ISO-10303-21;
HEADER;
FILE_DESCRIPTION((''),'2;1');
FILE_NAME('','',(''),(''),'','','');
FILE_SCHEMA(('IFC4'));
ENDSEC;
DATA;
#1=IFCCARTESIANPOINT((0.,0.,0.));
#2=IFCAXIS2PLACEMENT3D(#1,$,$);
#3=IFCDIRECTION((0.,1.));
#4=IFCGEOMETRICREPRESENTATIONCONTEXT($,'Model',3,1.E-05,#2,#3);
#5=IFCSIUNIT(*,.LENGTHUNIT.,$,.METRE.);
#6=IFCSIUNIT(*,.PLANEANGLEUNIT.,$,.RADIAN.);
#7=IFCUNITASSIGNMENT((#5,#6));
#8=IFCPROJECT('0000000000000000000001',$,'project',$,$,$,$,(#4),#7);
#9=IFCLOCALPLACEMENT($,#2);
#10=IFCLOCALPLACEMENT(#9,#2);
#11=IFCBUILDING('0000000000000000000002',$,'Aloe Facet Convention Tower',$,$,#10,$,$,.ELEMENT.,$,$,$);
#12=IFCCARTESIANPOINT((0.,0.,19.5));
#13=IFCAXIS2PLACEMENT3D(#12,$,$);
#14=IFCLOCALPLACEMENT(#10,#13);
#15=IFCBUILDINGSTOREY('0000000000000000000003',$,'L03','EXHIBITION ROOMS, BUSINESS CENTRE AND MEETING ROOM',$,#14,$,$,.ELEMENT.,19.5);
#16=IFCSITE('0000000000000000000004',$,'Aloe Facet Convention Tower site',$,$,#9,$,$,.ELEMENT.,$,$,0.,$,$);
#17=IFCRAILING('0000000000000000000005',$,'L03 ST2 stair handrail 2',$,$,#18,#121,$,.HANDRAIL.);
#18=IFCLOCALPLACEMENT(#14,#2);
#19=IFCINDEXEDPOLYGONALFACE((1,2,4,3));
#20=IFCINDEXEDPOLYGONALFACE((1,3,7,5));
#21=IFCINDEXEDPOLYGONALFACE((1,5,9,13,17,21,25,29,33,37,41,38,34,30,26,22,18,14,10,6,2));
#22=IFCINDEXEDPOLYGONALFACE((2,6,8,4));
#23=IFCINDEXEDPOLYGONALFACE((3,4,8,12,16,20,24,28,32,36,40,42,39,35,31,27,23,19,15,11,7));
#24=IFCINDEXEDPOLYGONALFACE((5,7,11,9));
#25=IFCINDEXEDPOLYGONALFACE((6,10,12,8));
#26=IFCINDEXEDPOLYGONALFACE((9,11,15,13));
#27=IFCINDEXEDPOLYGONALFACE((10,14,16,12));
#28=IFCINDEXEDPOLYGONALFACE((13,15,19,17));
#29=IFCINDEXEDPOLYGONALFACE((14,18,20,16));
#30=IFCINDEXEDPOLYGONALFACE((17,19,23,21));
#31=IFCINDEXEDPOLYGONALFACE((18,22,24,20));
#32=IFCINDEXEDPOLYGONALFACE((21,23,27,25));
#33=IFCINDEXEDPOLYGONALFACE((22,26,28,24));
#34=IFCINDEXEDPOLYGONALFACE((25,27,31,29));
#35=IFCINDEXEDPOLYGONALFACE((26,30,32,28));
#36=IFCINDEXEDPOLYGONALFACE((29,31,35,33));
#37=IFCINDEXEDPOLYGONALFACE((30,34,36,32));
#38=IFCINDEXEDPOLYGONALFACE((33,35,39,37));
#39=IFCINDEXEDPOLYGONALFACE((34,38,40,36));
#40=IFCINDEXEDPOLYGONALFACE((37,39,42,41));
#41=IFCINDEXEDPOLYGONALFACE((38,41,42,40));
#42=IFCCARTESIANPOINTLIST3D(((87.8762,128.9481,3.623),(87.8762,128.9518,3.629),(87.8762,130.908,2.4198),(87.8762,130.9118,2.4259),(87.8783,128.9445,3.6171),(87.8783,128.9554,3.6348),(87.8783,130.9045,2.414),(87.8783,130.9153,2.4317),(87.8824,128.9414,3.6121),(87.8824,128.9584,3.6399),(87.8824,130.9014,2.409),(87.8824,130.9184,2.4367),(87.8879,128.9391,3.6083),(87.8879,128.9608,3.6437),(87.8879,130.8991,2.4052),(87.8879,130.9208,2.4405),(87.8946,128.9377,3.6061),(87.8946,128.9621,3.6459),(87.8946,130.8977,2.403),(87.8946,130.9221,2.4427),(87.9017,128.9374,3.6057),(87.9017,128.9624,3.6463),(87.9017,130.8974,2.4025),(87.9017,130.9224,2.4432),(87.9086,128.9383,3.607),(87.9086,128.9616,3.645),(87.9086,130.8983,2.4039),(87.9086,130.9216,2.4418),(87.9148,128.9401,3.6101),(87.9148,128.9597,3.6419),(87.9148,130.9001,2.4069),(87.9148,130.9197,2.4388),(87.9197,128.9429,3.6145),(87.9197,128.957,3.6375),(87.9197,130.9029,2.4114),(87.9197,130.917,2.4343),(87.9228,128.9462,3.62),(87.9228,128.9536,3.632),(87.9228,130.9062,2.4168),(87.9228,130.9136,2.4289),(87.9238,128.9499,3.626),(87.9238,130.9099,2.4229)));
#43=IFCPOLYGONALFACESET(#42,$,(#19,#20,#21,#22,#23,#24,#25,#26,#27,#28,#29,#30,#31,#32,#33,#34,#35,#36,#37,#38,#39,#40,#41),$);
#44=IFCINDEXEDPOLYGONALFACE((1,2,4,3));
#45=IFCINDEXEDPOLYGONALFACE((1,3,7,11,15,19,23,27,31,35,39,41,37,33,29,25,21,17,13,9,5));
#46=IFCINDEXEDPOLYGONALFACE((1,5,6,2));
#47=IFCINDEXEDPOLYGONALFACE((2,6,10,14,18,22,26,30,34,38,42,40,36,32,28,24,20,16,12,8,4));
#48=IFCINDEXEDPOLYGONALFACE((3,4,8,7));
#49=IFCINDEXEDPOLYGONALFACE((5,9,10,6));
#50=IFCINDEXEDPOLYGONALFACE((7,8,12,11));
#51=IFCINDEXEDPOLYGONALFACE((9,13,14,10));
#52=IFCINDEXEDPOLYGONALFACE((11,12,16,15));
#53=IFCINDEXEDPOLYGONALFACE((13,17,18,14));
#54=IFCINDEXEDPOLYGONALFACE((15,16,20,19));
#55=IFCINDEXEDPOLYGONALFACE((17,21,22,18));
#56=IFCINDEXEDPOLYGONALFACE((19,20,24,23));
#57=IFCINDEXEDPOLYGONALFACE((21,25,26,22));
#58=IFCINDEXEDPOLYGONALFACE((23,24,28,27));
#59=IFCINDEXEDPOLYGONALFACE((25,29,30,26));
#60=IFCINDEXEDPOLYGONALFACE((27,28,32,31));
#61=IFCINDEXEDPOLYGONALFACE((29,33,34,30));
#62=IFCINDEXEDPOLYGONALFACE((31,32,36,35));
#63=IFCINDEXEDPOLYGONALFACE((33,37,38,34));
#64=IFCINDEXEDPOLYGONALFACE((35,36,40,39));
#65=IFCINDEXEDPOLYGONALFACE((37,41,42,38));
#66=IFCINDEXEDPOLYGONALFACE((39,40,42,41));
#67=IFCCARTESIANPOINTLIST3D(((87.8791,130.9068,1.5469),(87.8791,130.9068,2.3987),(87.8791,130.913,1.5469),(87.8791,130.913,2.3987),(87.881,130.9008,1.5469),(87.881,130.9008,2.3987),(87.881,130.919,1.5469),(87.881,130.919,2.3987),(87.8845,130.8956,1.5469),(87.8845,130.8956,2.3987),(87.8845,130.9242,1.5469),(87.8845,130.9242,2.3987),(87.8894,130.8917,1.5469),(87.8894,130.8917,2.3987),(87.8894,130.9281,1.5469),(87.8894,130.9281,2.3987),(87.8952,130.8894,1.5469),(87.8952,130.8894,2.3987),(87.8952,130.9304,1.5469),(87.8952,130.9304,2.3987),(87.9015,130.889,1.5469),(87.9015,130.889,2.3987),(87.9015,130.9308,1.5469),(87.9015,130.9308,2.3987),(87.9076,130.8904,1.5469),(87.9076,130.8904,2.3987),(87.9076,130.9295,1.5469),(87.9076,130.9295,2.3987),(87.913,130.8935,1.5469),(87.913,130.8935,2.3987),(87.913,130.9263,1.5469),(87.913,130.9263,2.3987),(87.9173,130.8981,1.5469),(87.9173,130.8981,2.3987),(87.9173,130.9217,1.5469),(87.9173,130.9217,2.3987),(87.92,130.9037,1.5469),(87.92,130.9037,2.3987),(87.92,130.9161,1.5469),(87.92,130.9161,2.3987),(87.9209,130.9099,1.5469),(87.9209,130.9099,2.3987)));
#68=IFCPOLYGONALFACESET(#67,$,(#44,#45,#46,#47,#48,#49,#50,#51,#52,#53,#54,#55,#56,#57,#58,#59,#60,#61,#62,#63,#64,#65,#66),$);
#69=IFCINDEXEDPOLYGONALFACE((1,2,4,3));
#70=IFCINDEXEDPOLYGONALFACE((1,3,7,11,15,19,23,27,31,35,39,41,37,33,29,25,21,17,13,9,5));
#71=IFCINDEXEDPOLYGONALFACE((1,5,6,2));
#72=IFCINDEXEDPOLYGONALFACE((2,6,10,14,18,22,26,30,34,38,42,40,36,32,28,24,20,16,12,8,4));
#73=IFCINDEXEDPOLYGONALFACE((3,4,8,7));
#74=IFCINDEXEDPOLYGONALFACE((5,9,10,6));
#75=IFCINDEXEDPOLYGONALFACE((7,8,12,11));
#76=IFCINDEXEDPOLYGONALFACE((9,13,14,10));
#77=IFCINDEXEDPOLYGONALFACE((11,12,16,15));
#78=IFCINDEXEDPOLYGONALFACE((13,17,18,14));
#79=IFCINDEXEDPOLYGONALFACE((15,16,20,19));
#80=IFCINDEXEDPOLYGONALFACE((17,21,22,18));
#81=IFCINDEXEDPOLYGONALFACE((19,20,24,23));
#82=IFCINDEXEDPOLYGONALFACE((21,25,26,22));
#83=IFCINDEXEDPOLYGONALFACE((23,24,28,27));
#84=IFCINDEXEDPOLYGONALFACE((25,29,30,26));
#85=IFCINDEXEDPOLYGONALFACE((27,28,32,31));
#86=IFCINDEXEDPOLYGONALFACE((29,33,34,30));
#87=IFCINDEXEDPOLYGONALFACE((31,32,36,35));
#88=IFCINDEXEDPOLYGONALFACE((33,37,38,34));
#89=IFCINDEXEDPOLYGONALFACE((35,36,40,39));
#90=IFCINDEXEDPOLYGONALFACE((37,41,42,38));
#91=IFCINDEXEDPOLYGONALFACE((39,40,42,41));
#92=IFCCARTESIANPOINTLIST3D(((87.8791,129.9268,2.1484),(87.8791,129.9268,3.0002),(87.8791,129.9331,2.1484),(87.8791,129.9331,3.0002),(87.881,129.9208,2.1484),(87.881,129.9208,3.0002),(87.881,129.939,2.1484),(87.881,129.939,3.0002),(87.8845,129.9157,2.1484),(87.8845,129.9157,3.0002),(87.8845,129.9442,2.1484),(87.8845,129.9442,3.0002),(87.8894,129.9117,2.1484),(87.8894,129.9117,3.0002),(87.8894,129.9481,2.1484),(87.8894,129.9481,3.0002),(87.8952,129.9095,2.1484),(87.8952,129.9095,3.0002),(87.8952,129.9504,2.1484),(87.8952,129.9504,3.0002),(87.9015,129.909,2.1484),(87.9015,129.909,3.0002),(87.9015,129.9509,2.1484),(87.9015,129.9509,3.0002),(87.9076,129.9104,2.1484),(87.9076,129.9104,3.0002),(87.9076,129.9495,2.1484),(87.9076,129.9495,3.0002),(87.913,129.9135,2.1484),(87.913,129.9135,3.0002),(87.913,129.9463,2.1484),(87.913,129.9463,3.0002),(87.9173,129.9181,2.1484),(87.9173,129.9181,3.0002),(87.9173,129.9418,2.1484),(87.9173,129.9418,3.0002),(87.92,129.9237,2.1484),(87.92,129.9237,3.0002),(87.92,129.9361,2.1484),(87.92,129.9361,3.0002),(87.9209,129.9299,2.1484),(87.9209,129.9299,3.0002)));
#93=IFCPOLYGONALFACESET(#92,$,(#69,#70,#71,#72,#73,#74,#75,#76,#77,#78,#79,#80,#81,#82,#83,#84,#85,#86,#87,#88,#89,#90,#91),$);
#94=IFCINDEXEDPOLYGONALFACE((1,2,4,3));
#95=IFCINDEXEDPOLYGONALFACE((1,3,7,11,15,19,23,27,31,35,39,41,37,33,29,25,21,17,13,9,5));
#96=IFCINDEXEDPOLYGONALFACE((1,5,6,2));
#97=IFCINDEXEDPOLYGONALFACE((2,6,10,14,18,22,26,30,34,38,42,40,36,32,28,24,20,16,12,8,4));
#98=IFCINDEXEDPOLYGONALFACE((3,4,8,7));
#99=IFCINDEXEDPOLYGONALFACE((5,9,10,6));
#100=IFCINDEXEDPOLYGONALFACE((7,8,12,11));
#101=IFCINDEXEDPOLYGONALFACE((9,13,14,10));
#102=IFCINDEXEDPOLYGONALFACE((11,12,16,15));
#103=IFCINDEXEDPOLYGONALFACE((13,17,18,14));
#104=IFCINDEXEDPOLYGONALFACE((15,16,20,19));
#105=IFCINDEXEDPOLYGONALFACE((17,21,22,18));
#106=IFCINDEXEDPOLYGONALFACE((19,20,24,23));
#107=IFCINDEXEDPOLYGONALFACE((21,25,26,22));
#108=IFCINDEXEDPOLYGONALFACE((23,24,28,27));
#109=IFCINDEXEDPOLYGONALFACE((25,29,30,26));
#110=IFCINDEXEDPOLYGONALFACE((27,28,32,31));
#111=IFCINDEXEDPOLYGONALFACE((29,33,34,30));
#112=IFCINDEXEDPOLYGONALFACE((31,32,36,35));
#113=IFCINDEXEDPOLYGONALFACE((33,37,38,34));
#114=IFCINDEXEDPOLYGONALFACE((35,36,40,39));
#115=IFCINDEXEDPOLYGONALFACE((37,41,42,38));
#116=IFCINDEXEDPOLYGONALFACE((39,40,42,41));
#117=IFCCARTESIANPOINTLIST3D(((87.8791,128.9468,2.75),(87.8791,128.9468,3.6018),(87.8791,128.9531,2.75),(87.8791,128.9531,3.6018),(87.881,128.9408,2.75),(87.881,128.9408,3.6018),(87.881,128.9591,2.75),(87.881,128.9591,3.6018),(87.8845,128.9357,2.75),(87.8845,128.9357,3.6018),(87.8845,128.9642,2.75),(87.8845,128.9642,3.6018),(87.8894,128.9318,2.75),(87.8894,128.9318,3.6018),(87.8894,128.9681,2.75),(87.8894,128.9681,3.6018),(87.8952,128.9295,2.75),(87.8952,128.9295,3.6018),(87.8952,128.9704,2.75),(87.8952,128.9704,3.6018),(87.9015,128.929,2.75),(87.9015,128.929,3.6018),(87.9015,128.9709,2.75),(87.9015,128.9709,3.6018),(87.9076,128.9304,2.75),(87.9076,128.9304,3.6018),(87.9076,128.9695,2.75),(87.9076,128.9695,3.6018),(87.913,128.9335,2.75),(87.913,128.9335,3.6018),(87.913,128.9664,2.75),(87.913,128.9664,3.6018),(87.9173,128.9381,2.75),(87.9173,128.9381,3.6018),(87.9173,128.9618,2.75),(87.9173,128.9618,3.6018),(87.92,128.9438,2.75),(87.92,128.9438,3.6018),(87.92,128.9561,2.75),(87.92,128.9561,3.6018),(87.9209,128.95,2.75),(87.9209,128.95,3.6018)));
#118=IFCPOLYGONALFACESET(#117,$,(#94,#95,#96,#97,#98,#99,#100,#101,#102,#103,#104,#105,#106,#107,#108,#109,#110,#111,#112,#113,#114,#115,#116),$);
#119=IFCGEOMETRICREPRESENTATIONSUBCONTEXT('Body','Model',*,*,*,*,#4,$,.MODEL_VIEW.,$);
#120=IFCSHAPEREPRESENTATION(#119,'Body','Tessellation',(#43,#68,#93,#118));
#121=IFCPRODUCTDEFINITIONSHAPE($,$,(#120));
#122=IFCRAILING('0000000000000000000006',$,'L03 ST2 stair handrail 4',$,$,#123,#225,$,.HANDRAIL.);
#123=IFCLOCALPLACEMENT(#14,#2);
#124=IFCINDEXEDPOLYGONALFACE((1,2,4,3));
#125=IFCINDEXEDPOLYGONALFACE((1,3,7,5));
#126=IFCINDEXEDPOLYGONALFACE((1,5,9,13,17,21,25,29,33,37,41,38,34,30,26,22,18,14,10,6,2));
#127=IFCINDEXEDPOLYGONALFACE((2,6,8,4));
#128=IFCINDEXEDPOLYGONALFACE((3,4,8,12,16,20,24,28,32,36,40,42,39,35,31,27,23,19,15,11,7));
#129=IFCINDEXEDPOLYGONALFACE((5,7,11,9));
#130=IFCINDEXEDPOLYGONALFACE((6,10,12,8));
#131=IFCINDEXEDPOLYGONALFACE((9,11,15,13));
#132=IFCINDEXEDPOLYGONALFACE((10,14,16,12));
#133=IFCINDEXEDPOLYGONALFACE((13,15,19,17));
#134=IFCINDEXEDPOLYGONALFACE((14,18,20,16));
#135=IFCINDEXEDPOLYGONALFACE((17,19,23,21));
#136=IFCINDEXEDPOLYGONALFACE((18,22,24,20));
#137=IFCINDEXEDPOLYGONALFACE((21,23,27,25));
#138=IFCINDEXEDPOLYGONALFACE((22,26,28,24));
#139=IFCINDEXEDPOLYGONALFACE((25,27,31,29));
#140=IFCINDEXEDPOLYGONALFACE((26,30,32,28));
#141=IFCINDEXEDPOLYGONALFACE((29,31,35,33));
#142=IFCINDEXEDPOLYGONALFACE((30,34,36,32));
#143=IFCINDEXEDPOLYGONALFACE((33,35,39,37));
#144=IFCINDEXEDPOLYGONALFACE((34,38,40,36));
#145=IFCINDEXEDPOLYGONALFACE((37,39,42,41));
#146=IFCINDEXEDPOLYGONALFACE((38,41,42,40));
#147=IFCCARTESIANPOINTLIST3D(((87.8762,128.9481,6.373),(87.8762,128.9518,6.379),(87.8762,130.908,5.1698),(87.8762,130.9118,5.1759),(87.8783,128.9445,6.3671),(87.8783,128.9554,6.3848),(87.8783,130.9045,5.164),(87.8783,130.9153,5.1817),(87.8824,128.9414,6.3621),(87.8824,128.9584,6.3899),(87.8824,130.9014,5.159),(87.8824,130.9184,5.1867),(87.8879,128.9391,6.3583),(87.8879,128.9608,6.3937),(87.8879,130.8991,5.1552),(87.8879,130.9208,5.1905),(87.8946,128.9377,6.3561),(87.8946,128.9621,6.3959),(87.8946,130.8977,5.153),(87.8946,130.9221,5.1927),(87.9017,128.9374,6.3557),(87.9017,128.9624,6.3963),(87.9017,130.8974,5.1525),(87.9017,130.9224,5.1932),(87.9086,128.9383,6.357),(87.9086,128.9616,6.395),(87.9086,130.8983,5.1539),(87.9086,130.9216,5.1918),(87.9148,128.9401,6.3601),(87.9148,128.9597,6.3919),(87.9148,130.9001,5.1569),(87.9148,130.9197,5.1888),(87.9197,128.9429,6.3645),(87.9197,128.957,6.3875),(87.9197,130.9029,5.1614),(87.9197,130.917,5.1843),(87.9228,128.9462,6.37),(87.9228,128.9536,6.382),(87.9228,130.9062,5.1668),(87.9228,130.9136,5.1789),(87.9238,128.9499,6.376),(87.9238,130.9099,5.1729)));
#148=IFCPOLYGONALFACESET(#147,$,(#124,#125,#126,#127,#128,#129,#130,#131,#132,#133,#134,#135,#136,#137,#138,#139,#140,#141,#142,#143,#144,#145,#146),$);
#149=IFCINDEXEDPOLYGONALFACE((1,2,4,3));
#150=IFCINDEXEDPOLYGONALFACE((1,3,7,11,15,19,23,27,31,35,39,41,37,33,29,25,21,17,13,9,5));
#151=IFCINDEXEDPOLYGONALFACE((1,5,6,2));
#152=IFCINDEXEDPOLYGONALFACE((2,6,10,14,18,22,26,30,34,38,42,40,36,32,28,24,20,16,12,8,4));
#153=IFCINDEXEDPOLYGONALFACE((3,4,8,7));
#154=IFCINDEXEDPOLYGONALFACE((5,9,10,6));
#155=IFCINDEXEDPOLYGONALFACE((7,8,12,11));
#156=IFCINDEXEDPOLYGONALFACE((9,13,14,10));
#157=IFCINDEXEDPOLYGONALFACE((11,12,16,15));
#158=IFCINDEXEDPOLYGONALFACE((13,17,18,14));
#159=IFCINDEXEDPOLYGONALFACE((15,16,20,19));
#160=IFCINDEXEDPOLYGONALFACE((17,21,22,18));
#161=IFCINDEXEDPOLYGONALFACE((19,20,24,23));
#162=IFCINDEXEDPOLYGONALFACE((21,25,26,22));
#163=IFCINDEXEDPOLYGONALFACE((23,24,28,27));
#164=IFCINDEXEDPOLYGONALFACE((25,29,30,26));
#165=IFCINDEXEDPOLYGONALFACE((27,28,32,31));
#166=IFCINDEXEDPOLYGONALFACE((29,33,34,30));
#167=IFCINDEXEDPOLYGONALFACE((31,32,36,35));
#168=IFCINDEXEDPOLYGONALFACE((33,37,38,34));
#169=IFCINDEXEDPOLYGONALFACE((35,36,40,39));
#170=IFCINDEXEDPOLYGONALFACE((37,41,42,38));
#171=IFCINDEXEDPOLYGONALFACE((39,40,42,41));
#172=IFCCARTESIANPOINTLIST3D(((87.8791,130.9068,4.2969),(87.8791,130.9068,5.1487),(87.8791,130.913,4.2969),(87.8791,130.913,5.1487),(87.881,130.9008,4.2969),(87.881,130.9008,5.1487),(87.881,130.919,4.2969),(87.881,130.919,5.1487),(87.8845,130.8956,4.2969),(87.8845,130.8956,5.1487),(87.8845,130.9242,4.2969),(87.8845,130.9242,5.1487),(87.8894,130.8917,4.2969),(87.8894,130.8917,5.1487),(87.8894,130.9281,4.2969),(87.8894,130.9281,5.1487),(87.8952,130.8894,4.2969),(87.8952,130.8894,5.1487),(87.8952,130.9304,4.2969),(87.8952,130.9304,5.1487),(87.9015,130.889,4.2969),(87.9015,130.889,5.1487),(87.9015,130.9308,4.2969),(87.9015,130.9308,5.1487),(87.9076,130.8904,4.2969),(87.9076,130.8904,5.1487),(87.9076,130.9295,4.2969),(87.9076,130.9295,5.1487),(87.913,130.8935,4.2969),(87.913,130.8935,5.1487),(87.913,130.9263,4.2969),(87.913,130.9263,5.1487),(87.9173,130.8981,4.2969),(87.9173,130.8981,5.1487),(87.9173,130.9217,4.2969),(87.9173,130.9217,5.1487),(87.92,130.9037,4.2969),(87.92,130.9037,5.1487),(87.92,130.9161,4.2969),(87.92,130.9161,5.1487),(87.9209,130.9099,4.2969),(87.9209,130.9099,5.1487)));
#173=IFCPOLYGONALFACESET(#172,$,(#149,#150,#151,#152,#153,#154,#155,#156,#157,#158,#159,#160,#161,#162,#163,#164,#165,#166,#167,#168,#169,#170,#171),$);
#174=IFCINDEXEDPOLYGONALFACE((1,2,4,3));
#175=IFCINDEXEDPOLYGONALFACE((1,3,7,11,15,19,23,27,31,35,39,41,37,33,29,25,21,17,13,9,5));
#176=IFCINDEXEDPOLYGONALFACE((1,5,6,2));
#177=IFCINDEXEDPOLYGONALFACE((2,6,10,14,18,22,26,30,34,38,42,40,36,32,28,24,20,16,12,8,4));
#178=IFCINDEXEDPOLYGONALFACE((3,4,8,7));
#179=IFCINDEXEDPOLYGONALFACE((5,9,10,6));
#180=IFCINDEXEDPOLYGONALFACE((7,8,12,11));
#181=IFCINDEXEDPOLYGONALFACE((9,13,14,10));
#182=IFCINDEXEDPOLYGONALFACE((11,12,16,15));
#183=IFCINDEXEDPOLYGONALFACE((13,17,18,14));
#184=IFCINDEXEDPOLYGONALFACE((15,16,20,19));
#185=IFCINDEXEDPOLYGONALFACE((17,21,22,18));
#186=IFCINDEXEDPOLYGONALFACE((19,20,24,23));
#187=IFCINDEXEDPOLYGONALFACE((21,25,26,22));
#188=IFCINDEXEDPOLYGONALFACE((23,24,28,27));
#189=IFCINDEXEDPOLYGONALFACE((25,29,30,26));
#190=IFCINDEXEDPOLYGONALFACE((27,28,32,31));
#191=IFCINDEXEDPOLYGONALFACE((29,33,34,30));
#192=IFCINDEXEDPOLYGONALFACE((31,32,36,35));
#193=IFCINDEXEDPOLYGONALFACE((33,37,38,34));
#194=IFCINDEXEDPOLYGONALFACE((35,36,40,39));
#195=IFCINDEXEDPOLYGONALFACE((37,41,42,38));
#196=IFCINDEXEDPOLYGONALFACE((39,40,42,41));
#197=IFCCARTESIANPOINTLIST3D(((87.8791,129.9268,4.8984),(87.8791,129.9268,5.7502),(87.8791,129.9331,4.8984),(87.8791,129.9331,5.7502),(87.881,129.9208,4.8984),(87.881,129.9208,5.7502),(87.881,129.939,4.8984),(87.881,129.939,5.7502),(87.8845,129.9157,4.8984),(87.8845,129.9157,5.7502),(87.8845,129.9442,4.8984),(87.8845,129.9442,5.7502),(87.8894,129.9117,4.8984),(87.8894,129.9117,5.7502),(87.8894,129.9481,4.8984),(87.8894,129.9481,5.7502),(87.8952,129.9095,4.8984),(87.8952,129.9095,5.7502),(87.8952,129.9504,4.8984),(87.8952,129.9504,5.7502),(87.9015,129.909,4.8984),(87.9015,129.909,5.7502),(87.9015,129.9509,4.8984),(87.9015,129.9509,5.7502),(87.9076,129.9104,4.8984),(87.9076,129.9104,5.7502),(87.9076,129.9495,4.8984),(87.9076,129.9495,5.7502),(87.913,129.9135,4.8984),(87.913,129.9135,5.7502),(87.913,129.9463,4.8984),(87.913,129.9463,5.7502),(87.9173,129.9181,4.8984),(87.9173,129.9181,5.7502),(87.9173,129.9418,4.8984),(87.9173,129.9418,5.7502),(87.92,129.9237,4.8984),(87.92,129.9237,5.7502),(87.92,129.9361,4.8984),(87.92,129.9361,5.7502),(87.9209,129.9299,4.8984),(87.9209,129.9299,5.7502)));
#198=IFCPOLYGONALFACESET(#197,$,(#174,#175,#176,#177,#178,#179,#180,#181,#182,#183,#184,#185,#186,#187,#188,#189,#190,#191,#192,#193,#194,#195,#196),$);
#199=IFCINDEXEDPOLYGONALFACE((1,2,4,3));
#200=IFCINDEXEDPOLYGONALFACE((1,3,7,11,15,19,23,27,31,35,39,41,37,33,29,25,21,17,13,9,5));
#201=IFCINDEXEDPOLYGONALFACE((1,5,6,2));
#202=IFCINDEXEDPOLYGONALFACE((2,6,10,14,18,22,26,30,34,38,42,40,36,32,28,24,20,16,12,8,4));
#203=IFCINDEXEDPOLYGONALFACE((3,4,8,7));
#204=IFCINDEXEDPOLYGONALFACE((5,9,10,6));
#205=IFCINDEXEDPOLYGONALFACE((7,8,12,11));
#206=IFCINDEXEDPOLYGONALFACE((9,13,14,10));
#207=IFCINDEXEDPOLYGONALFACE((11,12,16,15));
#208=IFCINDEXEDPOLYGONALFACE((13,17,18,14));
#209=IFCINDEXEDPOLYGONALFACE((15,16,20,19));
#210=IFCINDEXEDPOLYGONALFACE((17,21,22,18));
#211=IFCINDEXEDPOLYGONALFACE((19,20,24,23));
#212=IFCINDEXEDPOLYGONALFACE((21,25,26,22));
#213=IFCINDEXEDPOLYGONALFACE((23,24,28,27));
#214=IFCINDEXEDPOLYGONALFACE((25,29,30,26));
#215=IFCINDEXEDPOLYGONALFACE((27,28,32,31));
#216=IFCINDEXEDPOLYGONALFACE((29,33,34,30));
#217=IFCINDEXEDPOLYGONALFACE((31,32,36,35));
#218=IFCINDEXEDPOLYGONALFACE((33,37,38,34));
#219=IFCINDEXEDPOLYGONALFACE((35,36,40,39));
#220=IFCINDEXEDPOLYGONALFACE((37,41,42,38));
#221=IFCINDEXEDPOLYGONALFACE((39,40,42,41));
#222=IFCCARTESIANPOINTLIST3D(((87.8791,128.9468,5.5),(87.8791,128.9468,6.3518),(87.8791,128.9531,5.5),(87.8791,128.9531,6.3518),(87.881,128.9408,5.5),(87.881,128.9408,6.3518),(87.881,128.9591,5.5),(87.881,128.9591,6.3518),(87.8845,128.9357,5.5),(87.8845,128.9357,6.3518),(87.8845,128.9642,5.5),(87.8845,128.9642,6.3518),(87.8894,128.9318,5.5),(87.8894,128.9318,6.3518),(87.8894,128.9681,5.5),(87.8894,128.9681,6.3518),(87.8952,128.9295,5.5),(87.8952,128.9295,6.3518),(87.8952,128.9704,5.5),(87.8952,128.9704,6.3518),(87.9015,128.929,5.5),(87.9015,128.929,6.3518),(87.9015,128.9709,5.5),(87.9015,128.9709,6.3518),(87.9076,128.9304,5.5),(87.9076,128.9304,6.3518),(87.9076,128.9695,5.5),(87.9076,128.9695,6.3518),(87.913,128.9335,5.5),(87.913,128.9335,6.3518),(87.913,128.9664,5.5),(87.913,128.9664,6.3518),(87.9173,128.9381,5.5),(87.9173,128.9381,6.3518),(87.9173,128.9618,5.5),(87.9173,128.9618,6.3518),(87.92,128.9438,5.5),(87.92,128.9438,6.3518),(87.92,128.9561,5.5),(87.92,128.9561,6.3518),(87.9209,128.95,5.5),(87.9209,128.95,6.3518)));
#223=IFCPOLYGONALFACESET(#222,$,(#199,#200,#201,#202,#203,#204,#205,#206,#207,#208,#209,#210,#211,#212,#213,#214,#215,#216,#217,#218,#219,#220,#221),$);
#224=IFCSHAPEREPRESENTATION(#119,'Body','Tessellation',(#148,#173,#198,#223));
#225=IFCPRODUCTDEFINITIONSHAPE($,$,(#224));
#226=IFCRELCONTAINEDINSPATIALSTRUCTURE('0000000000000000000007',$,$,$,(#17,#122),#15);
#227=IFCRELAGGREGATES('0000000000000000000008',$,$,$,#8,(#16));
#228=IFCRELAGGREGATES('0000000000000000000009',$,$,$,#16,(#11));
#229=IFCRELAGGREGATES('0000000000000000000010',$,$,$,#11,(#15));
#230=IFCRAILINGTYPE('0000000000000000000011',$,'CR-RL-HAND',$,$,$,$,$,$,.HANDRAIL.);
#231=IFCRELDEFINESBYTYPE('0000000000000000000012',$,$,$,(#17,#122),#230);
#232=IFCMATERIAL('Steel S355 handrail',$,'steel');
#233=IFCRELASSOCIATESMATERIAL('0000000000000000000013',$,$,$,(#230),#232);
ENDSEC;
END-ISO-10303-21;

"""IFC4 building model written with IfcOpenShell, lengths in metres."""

from ifc_helpers import new_model, si_unit, direction, frame, origin, origin_2d, place, context, subcontext, project, spatial, circle, extrude, material, type_object, element, save


model = new_model("IFC4")

# Units and contexts
model_context = context("Model", 3, precision=1e-05, world=origin(), true_north=direction((0.0, 1.0)))
body_context = subcontext(model_context, "Body", "Model", "MODEL_VIEW")
ifc_project = project(units=[si_unit("LENGTHUNIT", "METRE"), si_unit("PLANEANGLEUNIT", "RADIAN")], contexts=[model_context])

# Site, building, storey
site_placement = place(None, origin())
site = spatial("IfcSite", under=ifc_project, at=site_placement, Name="Aloe Facet Convention Tower site", CompositionType="ELEMENT", RefElevation=0.0)
building_placement = place(site_placement, origin())
building = spatial("IfcBuilding", under=site, at=building_placement, Name="Aloe Facet Convention Tower", CompositionType="ELEMENT")
storey_placement = place(building_placement, frame((0.0, 0.0, 19.5)))
storey = spatial("IfcBuildingStorey", under=building, at=storey_placement, Name="L03", Description="EXHIBITION ROOMS, BUSINESS CENTRE AND MEETING ROOM", CompositionType="ELEMENT", Elevation=19.5)

# Railings
ifc_material_1 = material(Name="Steel S355 handrail", Category="steel")
railing_type_1 = type_object("IfcRailingType", Name="CR-RL-HAND", PredefinedType="HANDRAIL", material=ifc_material_1)
for number, where, name in (
    (1, (87.8999, 130.9099, 1.5469), "L03 ST2 stair handrail 2"),
    (2, (87.8999, 130.9099, 4.2969), "L03 ST2 stair handrail 4"),
):
    element("IfcRailing", number, at=place(storey_placement, frame(where)), inside=storey, type_object=railing_type_1, Name=name, PredefinedType="HANDRAIL", context=body_context, shape_type="SweptSolid", body=[
        extrude(circle(Radius=0.0239, at=origin_2d()), frame((0.0, 0.0, 0.876), z_axis=(0.0, -0.852241, 0.523149), x_axis=(1.0, 0.0, 0.0)), (0.0, 0.0, 1.0), 2.2998),
        extrude(circle(Radius=0.021, at=origin_2d()), origin(), (0.0, 0.0, 1.0), 0.8518),
        extrude(circle(Radius=0.021, at=origin_2d()), frame((0.0, -0.98, 0.6016)), (0.0, 0.0, 1.0), 0.8518),
        extrude(circle(Radius=0.021, at=origin_2d()), frame((0.0, -1.96, 1.2031)), (0.0, 0.0, 1.0), 0.8518),
    ])

save(model, "model.ifc")
